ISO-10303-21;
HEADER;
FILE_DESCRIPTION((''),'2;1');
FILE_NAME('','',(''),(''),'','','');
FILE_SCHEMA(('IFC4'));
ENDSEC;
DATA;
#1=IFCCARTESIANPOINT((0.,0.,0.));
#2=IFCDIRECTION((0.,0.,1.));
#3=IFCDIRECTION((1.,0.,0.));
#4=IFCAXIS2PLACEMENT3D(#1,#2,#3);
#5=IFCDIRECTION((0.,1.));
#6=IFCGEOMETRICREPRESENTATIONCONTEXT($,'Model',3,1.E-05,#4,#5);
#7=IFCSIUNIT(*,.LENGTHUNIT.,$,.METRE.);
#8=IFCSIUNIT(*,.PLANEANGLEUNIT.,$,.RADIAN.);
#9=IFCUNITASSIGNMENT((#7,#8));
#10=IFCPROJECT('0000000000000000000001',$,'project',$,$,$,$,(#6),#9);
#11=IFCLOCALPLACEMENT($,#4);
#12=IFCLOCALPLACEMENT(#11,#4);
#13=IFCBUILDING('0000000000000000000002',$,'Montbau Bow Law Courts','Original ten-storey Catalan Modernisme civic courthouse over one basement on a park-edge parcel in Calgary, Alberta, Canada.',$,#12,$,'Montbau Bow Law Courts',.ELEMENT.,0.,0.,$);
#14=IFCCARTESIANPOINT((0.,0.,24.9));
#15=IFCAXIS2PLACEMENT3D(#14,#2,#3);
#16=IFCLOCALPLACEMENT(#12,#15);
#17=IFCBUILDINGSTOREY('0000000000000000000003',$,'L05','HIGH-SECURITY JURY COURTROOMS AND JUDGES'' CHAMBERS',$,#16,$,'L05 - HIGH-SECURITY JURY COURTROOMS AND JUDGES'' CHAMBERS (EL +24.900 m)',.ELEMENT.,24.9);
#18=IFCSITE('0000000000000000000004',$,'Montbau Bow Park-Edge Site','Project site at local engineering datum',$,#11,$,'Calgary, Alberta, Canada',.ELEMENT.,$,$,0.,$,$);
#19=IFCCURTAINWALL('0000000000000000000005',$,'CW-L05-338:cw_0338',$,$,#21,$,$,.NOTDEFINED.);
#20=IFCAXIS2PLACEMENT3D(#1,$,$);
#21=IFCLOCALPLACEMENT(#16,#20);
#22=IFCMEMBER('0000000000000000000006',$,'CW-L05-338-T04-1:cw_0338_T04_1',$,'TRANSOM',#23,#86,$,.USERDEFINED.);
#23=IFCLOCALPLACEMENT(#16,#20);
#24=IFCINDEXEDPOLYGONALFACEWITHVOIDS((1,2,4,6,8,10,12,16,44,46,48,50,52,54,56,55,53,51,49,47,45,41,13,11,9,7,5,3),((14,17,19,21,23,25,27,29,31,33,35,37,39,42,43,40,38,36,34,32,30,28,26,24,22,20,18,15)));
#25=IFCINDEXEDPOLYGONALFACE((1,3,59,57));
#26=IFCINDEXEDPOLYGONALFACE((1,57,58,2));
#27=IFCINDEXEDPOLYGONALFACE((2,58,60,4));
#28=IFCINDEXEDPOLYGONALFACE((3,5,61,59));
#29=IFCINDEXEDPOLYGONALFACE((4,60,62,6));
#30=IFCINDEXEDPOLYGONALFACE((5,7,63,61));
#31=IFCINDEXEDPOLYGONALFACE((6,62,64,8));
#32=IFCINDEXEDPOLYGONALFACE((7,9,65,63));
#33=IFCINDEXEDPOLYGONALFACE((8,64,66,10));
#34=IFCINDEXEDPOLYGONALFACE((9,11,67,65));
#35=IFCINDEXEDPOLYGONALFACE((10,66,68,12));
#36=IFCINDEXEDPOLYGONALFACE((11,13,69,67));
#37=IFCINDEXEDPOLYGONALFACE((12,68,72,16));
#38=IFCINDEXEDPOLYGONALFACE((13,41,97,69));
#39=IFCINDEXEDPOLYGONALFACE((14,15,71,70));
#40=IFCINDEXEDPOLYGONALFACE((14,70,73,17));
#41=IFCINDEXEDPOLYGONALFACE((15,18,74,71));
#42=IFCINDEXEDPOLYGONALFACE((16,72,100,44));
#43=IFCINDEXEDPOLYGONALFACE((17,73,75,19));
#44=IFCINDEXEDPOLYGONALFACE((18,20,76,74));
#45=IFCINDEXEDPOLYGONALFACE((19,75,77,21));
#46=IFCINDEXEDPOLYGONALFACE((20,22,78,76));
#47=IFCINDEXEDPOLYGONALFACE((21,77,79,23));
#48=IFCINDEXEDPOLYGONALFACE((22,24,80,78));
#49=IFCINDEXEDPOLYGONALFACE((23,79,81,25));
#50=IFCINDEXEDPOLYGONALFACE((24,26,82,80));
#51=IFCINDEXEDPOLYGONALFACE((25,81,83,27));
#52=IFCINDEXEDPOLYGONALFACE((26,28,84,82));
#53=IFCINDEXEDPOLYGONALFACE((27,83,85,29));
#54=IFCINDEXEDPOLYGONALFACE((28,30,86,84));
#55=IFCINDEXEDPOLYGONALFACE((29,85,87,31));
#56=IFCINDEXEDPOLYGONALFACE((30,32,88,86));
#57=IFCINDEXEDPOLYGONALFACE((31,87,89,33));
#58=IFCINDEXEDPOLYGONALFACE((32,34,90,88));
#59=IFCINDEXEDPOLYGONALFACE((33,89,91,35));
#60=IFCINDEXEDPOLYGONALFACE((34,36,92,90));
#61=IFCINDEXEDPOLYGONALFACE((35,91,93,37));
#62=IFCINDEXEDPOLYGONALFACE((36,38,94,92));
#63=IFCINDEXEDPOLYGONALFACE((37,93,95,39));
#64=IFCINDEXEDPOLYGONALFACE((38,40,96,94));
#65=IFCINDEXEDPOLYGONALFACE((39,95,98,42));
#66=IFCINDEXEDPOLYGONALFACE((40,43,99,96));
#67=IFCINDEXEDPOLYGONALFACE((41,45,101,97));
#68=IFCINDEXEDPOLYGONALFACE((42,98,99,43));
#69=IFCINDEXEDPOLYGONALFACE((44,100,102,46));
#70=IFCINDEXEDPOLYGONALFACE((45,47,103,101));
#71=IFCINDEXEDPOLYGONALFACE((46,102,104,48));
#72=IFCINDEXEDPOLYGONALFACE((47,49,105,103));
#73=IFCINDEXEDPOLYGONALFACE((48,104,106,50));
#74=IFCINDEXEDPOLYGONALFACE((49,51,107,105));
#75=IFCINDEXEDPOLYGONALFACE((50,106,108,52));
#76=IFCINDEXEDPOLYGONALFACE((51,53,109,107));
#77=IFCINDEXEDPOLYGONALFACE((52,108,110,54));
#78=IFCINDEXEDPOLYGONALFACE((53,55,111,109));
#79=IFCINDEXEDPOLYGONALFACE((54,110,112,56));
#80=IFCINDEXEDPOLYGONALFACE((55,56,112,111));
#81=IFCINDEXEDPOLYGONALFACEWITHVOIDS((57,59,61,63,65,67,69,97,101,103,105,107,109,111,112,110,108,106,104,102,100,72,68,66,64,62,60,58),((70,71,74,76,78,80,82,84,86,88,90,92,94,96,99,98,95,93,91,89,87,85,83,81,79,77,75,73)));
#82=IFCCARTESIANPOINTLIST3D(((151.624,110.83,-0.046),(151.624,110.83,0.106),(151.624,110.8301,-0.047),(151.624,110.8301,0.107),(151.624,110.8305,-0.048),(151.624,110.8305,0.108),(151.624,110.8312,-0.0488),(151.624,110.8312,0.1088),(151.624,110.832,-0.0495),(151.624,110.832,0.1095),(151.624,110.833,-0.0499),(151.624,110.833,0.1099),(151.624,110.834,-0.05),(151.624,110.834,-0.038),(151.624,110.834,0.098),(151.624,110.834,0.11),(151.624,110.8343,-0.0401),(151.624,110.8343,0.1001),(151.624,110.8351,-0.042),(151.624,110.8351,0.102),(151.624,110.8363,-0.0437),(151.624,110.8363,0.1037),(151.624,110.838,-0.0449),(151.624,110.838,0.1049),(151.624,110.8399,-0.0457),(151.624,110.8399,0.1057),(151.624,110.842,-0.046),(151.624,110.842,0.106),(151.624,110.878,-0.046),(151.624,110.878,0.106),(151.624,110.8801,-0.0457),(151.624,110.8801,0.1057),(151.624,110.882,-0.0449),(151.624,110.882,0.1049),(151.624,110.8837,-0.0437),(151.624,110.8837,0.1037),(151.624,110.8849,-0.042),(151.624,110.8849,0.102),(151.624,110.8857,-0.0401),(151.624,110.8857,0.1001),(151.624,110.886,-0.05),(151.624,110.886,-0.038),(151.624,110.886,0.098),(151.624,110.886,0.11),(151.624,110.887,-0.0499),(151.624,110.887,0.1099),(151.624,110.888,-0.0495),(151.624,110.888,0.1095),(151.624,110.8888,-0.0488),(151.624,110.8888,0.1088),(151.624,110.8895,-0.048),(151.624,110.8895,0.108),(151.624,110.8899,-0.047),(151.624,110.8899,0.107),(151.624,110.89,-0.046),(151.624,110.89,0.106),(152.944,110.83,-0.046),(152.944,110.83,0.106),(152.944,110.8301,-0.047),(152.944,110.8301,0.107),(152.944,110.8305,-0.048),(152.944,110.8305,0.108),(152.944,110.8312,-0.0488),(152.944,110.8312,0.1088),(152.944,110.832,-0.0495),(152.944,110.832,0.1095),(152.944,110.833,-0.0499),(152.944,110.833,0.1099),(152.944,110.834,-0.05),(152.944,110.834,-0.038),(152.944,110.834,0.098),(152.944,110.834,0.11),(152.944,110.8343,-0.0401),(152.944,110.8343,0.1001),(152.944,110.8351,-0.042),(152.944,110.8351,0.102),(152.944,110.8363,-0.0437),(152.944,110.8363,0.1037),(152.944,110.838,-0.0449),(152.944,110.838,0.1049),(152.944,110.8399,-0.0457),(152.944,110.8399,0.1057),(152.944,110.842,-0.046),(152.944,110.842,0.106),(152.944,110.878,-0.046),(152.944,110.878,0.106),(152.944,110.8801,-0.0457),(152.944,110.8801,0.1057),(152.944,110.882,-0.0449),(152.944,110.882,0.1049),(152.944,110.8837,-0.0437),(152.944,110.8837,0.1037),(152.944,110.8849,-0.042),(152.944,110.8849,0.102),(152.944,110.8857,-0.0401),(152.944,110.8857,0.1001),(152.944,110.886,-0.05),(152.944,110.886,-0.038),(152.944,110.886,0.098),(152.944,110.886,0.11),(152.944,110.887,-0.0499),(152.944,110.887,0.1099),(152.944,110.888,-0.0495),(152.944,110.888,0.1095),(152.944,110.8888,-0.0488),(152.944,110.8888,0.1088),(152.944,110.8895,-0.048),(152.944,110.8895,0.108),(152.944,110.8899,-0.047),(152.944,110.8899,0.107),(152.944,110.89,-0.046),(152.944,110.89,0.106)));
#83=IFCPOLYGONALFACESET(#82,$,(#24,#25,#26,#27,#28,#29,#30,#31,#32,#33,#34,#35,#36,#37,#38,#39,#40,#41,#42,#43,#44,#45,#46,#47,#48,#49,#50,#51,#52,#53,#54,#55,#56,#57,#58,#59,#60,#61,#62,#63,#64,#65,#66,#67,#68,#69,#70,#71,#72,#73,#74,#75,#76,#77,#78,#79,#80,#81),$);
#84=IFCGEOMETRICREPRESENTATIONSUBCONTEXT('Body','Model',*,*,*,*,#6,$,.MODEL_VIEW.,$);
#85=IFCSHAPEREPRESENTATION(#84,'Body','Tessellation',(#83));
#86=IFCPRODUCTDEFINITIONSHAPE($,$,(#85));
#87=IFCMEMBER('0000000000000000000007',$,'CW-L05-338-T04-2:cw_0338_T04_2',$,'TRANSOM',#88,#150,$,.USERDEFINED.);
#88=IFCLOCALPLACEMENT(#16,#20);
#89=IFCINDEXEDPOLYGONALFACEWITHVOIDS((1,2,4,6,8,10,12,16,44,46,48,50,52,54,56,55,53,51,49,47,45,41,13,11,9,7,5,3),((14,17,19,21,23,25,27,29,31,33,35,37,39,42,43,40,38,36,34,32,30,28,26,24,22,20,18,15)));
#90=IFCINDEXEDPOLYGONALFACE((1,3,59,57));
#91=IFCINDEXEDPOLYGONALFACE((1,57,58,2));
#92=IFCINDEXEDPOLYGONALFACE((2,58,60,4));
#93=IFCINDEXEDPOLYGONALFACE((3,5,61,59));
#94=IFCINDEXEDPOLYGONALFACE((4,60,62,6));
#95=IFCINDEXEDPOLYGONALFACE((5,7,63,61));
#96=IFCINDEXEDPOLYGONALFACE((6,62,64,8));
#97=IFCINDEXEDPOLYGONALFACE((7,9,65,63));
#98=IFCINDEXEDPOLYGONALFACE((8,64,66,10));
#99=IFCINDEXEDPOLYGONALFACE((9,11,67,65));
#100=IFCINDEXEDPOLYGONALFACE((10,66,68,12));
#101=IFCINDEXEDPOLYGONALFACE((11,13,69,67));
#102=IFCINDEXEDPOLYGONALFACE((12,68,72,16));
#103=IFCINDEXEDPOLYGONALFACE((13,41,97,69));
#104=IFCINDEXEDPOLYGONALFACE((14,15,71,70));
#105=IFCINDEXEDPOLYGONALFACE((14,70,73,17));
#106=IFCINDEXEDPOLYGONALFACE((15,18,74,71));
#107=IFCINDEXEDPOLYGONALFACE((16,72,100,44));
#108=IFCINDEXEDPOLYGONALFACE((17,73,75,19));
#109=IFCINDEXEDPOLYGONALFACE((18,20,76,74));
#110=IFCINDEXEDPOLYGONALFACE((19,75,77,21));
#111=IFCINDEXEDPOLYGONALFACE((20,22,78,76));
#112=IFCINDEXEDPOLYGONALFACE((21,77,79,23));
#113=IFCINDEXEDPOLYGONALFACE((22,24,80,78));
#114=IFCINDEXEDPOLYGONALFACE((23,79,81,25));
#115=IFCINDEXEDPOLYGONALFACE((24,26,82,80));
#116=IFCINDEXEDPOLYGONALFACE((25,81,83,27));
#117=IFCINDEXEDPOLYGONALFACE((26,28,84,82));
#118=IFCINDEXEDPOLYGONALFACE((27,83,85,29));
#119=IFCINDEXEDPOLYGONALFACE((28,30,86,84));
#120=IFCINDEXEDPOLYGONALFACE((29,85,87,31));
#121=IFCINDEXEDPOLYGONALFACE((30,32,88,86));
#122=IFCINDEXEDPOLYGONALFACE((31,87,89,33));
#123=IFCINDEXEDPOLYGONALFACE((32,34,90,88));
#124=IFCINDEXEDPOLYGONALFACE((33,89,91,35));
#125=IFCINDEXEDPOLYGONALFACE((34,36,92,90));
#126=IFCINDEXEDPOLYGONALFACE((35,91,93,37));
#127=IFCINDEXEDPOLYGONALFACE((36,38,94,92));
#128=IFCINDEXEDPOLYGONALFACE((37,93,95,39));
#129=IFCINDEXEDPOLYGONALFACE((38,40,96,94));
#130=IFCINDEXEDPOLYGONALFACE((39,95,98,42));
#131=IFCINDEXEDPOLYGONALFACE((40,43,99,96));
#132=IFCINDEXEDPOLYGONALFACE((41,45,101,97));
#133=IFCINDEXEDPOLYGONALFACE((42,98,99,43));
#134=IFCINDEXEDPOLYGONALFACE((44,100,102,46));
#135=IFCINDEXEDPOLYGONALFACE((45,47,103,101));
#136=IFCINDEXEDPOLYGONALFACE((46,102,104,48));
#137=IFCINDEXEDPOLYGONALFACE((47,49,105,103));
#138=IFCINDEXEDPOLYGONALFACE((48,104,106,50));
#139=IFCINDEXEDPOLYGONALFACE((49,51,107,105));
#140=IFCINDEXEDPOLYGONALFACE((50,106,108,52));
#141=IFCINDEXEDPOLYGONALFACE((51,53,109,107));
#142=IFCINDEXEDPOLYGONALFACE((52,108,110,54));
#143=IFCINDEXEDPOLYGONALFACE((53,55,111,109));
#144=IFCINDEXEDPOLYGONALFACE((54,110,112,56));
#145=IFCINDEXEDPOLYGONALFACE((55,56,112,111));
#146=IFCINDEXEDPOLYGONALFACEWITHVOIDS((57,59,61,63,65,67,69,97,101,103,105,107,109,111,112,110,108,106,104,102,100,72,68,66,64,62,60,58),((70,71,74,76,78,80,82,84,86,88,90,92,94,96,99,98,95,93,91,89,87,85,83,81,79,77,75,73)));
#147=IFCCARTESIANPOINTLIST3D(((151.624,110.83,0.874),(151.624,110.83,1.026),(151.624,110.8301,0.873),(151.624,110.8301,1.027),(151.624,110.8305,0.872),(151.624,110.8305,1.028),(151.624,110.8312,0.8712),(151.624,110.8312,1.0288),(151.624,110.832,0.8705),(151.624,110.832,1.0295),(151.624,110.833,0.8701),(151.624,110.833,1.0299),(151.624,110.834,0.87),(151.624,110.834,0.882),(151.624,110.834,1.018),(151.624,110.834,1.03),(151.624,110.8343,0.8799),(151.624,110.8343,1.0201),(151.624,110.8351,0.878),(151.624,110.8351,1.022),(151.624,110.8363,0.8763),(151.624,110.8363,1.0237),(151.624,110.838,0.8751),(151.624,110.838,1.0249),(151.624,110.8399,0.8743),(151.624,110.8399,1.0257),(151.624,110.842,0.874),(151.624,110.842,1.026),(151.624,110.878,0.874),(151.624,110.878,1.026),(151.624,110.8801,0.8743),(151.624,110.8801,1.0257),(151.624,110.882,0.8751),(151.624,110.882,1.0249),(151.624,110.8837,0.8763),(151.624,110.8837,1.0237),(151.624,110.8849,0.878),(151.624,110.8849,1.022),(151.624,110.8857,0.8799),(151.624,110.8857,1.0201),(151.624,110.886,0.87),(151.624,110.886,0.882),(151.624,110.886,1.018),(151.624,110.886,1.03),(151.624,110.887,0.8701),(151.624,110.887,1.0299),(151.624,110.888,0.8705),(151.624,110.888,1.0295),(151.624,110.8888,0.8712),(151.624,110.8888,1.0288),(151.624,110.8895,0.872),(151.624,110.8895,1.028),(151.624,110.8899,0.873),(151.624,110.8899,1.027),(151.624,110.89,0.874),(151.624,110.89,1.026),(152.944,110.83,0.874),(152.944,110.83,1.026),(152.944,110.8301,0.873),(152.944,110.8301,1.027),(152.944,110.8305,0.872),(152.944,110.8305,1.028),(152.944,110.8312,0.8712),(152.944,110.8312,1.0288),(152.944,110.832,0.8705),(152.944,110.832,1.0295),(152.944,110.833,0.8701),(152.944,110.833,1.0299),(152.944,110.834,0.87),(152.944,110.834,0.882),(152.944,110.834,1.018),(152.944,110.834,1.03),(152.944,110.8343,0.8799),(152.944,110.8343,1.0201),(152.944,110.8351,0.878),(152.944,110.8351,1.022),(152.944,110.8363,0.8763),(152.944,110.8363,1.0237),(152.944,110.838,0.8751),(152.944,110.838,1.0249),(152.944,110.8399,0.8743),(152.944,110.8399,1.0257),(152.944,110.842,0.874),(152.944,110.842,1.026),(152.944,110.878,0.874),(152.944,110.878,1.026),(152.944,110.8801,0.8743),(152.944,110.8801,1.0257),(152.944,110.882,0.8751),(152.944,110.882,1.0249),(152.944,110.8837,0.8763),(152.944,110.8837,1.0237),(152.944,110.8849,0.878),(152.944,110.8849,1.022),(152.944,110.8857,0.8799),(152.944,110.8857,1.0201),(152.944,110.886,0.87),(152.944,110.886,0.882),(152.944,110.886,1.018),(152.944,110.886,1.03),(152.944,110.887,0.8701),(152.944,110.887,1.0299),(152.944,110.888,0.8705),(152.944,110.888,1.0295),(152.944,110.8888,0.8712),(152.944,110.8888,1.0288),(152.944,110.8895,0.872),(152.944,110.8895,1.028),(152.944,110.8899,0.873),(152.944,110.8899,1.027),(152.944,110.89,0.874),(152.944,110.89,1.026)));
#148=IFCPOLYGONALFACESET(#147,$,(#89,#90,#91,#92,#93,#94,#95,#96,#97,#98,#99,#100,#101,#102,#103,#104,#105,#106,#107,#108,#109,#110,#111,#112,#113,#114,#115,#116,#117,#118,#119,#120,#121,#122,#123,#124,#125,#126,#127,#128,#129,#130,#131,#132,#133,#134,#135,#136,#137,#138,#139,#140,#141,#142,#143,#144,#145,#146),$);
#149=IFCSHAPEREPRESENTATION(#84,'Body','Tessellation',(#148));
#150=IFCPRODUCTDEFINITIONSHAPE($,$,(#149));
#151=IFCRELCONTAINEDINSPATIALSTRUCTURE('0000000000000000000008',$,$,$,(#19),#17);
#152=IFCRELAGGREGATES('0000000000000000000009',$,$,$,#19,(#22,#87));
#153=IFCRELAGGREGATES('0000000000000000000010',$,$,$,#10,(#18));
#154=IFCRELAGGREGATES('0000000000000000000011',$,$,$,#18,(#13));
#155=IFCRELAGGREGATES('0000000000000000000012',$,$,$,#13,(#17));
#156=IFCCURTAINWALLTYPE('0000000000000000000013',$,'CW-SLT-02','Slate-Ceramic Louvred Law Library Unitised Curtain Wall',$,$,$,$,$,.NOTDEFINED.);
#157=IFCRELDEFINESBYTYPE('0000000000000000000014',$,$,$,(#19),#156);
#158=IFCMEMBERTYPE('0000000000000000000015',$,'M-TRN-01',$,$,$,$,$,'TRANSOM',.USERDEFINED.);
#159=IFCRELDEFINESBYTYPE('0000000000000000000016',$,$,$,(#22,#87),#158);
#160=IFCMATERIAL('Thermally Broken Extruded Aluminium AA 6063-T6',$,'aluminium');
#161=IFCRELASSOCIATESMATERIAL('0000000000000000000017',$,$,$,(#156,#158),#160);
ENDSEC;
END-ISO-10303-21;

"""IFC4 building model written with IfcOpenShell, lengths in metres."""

from ifc_helpers import new_model, si_unit, direction, frame, origin_with_axes, origin_2d_with_axis, place, context, subcontext, project, spatial, hollow_rectangle, extrude, material, material_profile, profile_set, type_object, element, aggregate, save


model = new_model("IFC4")

# Units and contexts
model_context = context("Model", 3, precision=1e-05, world=origin_with_axes(), true_north=direction((0.0, 1.0)))
body_context = subcontext(model_context, "Body", "Model", "MODEL_VIEW")
ifc_project = project(units=[si_unit("LENGTHUNIT", "METRE"), si_unit("PLANEANGLEUNIT", "RADIAN")], contexts=[model_context])

# Site, building, storey
site_placement = place(None, origin_with_axes())
site = spatial("IfcSite", under=ifc_project, at=site_placement, Name="Montbau Bow Park-Edge Site", Description="Project site at local engineering datum", LongName="Calgary, Alberta, Canada", CompositionType="ELEMENT", RefElevation=0.0)
building_placement = place(site_placement, origin_with_axes())
building = spatial("IfcBuilding", under=site, at=building_placement, Name="Montbau Bow Law Courts", Description="Original ten-storey Catalan Modernisme civic courthouse over one basement on a park-edge parcel in Calgary, Alberta, Canada.", LongName="Montbau Bow Law Courts", CompositionType="ELEMENT", ElevationOfRefHeight=0.0, ElevationOfTerrain=0.0)
storey_placement = place(building_placement, frame((0.0, 0.0, 24.9), z_axis=(0.0, 0.0, 1.0), x_axis=(1.0, 0.0, 0.0)))
storey = spatial("IfcBuildingStorey", under=building, at=storey_placement, Name="L05", Description="HIGH-SECURITY JURY COURTROOMS AND JUDGES' CHAMBERS", LongName="L05 - HIGH-SECURITY JURY COURTROOMS AND JUDGES' CHAMBERS (EL +24.900 m)", CompositionType="ELEMENT", Elevation=24.9)

# Curtain wall, members
ifc_material_1 = material(Name="Thermally Broken Extruded Aluminium AA 6063-T6", Category="aluminium")
curtain_wall_type = type_object("IfcCurtainWallType", Name="CW-SLT-02", Description="Slate-Ceramic Louvred Law Library Unitised Curtain Wall", PredefinedType="NOTDEFINED", material=ifc_material_1)
curtain_wall_placement = place(None, frame((147.44, 110.86, 24.9), z_axis=(0.0, 0.0, 1.0), x_axis=(1.0, 0.0, 0.0)))
curtain_wall = element("IfcCurtainWall", 1, at=curtain_wall_placement, inside=storey, type_object=curtain_wall_type, Name="CW-L05-338:cw_0338", PredefinedType="NOTDEFINED")
ifc_material_profile_1 = material_profile(ifc_material_1, hollow_rectangle(XDim=0.06, YDim=0.16, WallThickness=0.004, InnerFilletRadius=0.008, OuterFilletRadius=0.004, at=origin_2d_with_axis()), Name="CWT-160X60", Category="Main", Priority=0)
ifc_profile_set_1 = profile_set([ifc_material_profile_1], Name="Thermally Broken Extruded Aluminium AA 6063-T6")
member_type_1 = type_object("IfcMemberType", Name="M-TRN-01", ElementType="TRANSOM", PredefinedType="USERDEFINED", material=ifc_profile_set_1)
member_1_placement = place(None, frame((151.624, 110.86, 24.93), z_axis=(1.0, 0.0, 0.0), x_axis=(0.0, 1.0, 0.0)))
member_1 = element("IfcMember", 2, at=member_1_placement, type_object=member_type_1, Name="CW-L05-338-T04-1:cw_0338_T04_1", ObjectType="TRANSOM", PredefinedType="USERDEFINED", context=body_context, shape_type="SweptSolid", body=[
    extrude(hollow_rectangle(XDim=0.06, YDim=0.16, WallThickness=0.004, InnerFilletRadius=0.008, OuterFilletRadius=0.004, at=origin_2d_with_axis()), origin_with_axes(), (0.0, 0.0, 1.0), 1.32),
])
member_2_placement = place(None, frame((151.624, 110.86, 25.85), z_axis=(1.0, 0.0, 0.0), x_axis=(0.0, 1.0, 0.0)))
member_2 = element("IfcMember", 3, at=member_2_placement, type_object=member_type_1, Name="CW-L05-338-T04-2:cw_0338_T04_2", ObjectType="TRANSOM", PredefinedType="USERDEFINED", context=body_context, shape_type="SweptSolid", body=[
    extrude(hollow_rectangle(XDim=0.06, YDim=0.16, WallThickness=0.004, InnerFilletRadius=0.008, OuterFilletRadius=0.004, at=origin_2d_with_axis()), origin_with_axes(), (0.0, 0.0, 1.0), 1.32),
])
aggregate(curtain_wall, [member_1, member_2])

save(model, "model.ifc")
